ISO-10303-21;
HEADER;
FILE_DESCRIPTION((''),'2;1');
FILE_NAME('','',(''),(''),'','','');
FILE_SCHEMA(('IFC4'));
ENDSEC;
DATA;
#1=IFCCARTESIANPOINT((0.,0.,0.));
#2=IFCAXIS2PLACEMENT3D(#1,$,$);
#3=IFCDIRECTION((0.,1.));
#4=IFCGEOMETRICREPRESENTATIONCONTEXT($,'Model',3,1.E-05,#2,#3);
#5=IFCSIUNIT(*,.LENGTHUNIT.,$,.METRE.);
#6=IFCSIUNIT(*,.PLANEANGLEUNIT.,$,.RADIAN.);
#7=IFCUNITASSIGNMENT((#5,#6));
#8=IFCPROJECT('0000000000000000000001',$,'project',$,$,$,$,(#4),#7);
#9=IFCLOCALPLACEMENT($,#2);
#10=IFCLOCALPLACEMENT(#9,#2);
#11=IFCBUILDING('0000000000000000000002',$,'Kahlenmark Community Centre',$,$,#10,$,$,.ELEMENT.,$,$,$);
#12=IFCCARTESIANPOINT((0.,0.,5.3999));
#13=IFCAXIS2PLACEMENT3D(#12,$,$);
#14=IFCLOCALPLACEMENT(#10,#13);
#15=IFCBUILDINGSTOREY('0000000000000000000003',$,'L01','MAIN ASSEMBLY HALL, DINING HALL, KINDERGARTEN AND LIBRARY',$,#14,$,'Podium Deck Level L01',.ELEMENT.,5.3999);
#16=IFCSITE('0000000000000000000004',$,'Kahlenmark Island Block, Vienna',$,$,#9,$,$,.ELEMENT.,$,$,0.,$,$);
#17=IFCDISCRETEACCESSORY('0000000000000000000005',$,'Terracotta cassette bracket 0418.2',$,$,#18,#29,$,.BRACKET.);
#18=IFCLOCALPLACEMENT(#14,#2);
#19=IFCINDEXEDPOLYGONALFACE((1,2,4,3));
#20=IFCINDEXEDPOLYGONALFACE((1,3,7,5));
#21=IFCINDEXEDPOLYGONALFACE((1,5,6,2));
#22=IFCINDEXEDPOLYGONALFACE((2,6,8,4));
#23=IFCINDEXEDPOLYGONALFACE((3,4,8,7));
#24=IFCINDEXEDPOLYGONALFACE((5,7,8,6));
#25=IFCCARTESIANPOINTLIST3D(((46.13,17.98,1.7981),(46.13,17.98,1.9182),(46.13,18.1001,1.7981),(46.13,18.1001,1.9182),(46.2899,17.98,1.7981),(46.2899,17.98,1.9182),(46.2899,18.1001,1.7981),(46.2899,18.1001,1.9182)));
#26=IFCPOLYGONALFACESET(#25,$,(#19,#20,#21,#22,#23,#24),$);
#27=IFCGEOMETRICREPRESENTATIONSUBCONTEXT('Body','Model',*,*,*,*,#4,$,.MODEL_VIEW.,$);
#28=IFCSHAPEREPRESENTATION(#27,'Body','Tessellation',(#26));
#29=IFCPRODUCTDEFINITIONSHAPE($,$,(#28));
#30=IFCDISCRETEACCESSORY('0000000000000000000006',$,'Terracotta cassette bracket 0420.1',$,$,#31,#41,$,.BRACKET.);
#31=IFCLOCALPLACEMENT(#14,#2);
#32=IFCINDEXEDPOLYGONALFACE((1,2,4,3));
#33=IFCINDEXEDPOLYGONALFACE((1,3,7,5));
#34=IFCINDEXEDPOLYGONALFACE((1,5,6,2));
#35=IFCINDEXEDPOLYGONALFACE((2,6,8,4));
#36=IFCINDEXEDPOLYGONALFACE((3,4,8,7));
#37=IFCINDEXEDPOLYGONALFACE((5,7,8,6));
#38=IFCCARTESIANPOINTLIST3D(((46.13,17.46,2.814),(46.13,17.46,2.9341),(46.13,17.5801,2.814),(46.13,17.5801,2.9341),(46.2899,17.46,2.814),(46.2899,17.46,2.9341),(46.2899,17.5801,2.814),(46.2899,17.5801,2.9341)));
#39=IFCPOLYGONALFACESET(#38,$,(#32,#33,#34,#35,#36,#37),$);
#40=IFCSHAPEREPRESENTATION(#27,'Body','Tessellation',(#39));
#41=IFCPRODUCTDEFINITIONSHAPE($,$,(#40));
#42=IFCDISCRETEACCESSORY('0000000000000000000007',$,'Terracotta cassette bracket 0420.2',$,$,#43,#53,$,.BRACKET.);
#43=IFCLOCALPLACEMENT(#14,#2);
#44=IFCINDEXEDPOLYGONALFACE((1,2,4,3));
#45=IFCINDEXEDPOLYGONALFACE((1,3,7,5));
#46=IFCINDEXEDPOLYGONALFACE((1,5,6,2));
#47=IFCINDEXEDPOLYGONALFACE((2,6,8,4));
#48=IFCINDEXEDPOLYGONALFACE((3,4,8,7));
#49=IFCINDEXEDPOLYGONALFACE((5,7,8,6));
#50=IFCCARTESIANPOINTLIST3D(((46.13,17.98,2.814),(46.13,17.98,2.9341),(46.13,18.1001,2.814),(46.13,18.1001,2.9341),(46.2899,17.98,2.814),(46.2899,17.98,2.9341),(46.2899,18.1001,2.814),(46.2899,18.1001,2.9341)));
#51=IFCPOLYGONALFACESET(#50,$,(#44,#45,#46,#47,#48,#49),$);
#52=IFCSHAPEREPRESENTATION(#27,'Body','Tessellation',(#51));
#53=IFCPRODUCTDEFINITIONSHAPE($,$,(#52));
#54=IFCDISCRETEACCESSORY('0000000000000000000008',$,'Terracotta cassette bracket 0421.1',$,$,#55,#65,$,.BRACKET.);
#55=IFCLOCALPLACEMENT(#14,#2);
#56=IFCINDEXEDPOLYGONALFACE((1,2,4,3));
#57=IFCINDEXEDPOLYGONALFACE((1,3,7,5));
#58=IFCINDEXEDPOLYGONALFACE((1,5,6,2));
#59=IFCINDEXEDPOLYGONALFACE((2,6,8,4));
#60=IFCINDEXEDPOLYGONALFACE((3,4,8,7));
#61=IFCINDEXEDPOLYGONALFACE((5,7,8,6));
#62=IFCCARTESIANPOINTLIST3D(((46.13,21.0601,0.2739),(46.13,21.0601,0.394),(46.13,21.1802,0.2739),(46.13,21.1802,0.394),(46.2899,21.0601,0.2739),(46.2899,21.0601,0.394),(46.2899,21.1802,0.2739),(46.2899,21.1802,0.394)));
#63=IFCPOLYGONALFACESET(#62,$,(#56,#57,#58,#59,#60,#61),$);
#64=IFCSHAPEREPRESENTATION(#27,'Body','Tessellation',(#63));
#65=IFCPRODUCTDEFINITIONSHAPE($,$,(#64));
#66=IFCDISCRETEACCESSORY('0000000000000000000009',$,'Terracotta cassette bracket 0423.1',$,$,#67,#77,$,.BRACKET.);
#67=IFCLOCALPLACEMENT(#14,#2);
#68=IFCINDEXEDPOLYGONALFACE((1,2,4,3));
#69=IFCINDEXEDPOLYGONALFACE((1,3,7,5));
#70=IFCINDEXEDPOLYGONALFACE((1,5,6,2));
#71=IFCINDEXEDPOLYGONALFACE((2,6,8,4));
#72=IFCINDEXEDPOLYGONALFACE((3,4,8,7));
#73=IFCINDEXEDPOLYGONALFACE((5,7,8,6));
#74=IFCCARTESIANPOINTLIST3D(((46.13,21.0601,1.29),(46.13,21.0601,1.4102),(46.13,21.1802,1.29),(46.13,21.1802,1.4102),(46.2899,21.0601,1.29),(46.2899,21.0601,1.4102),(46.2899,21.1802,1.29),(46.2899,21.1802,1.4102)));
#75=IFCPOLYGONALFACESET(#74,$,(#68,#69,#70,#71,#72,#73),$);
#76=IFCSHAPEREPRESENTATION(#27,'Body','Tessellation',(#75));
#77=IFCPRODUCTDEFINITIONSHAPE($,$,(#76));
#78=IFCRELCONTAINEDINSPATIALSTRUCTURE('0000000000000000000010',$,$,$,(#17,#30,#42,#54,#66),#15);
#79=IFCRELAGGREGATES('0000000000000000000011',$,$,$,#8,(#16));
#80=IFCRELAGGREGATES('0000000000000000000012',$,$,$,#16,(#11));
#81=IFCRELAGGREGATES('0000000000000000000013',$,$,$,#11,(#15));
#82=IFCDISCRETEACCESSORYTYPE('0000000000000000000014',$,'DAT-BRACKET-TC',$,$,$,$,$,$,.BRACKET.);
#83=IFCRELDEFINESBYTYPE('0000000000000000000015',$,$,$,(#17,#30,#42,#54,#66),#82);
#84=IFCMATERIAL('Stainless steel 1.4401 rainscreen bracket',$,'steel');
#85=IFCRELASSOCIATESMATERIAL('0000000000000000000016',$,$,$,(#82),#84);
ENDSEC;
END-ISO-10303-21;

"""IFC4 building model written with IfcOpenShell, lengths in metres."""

from ifc_helpers import new_model, si_unit, direction, frame, origin, origin_2d, place, context, subcontext, project, spatial, rectangle, extrude, material, type_object, element, save


model = new_model("IFC4")

# Units and contexts
model_context = context("Model", 3, precision=1e-05, world=origin(), true_north=direction((0.0, 1.0)))
body_context = subcontext(model_context, "Body", "Model", "MODEL_VIEW")
ifc_project = project(units=[si_unit("LENGTHUNIT", "METRE"), si_unit("PLANEANGLEUNIT", "RADIAN")], contexts=[model_context])

# Site, building, storey
site_placement = place(None, origin())
site = spatial("IfcSite", under=ifc_project, at=site_placement, Name="Kahlenmark Island Block, Vienna", CompositionType="ELEMENT", RefElevation=0.0)
building_placement = place(site_placement, origin())
building = spatial("IfcBuilding", under=site, at=building_placement, Name="Kahlenmark Community Centre", CompositionType="ELEMENT")
storey_placement = place(building_placement, frame((0.0, 0.0, 5.3999)))
storey = spatial("IfcBuildingStorey", under=building, at=storey_placement, Name="L01", Description="MAIN ASSEMBLY HALL, DINING HALL, KINDERGARTEN AND LIBRARY", LongName="Podium Deck Level L01", CompositionType="ELEMENT", Elevation=5.3999)

# Discrete accessories
ifc_material_1 = material(Name="Stainless steel 1.4401 rainscreen bracket", Category="steel")
discrete_accessory_type = type_object("IfcDiscreteAccessoryType", Name="DAT-BRACKET-TC", PredefinedType="BRACKET", material=ifc_material_1)
for number, where, z_axis, x_axis, name in (
    (1, (46.21, 18.04, 1.7981), (0.0, 0.0, 1.0), (0.0, 1.0, 0.0), "Terracotta cassette bracket 0418.2"),
    (2, (46.21, 17.52, 2.814), (0.0, 0.0, 1.0), (0.0, 1.0, 0.0), "Terracotta cassette bracket 0420.1"),
    (3, (46.21, 18.04, 2.814), (0.0, 0.0, 1.0), (0.0, 1.0, 0.0), "Terracotta cassette bracket 0420.2"),
    (4, (46.21, 21.1201, 0.2739), (0.0, 0.0, 1.0), (0.0, 1.0, 0.0), "Terracotta cassette bracket 0421.1"),
    (5, (46.21, 21.1201, 1.29), (0.0, 0.0, 1.0), (0.0, 1.0, 0.0), "Terracotta cassette bracket 0423.1"),
):
    element("IfcDiscreteAccessory", number, at=place(storey_placement, frame(where, z_axis=z_axis, x_axis=x_axis)), inside=storey, type_object=discrete_accessory_type, Name=name, PredefinedType="BRACKET", context=body_context, shape_type="SweptSolid", body=[
        extrude(rectangle(XDim=0.1201, YDim=0.1599, at=origin_2d()), origin(), (0.0, 0.0, 1.0), 0.1201),
    ])

save(model, "model.ifc")
